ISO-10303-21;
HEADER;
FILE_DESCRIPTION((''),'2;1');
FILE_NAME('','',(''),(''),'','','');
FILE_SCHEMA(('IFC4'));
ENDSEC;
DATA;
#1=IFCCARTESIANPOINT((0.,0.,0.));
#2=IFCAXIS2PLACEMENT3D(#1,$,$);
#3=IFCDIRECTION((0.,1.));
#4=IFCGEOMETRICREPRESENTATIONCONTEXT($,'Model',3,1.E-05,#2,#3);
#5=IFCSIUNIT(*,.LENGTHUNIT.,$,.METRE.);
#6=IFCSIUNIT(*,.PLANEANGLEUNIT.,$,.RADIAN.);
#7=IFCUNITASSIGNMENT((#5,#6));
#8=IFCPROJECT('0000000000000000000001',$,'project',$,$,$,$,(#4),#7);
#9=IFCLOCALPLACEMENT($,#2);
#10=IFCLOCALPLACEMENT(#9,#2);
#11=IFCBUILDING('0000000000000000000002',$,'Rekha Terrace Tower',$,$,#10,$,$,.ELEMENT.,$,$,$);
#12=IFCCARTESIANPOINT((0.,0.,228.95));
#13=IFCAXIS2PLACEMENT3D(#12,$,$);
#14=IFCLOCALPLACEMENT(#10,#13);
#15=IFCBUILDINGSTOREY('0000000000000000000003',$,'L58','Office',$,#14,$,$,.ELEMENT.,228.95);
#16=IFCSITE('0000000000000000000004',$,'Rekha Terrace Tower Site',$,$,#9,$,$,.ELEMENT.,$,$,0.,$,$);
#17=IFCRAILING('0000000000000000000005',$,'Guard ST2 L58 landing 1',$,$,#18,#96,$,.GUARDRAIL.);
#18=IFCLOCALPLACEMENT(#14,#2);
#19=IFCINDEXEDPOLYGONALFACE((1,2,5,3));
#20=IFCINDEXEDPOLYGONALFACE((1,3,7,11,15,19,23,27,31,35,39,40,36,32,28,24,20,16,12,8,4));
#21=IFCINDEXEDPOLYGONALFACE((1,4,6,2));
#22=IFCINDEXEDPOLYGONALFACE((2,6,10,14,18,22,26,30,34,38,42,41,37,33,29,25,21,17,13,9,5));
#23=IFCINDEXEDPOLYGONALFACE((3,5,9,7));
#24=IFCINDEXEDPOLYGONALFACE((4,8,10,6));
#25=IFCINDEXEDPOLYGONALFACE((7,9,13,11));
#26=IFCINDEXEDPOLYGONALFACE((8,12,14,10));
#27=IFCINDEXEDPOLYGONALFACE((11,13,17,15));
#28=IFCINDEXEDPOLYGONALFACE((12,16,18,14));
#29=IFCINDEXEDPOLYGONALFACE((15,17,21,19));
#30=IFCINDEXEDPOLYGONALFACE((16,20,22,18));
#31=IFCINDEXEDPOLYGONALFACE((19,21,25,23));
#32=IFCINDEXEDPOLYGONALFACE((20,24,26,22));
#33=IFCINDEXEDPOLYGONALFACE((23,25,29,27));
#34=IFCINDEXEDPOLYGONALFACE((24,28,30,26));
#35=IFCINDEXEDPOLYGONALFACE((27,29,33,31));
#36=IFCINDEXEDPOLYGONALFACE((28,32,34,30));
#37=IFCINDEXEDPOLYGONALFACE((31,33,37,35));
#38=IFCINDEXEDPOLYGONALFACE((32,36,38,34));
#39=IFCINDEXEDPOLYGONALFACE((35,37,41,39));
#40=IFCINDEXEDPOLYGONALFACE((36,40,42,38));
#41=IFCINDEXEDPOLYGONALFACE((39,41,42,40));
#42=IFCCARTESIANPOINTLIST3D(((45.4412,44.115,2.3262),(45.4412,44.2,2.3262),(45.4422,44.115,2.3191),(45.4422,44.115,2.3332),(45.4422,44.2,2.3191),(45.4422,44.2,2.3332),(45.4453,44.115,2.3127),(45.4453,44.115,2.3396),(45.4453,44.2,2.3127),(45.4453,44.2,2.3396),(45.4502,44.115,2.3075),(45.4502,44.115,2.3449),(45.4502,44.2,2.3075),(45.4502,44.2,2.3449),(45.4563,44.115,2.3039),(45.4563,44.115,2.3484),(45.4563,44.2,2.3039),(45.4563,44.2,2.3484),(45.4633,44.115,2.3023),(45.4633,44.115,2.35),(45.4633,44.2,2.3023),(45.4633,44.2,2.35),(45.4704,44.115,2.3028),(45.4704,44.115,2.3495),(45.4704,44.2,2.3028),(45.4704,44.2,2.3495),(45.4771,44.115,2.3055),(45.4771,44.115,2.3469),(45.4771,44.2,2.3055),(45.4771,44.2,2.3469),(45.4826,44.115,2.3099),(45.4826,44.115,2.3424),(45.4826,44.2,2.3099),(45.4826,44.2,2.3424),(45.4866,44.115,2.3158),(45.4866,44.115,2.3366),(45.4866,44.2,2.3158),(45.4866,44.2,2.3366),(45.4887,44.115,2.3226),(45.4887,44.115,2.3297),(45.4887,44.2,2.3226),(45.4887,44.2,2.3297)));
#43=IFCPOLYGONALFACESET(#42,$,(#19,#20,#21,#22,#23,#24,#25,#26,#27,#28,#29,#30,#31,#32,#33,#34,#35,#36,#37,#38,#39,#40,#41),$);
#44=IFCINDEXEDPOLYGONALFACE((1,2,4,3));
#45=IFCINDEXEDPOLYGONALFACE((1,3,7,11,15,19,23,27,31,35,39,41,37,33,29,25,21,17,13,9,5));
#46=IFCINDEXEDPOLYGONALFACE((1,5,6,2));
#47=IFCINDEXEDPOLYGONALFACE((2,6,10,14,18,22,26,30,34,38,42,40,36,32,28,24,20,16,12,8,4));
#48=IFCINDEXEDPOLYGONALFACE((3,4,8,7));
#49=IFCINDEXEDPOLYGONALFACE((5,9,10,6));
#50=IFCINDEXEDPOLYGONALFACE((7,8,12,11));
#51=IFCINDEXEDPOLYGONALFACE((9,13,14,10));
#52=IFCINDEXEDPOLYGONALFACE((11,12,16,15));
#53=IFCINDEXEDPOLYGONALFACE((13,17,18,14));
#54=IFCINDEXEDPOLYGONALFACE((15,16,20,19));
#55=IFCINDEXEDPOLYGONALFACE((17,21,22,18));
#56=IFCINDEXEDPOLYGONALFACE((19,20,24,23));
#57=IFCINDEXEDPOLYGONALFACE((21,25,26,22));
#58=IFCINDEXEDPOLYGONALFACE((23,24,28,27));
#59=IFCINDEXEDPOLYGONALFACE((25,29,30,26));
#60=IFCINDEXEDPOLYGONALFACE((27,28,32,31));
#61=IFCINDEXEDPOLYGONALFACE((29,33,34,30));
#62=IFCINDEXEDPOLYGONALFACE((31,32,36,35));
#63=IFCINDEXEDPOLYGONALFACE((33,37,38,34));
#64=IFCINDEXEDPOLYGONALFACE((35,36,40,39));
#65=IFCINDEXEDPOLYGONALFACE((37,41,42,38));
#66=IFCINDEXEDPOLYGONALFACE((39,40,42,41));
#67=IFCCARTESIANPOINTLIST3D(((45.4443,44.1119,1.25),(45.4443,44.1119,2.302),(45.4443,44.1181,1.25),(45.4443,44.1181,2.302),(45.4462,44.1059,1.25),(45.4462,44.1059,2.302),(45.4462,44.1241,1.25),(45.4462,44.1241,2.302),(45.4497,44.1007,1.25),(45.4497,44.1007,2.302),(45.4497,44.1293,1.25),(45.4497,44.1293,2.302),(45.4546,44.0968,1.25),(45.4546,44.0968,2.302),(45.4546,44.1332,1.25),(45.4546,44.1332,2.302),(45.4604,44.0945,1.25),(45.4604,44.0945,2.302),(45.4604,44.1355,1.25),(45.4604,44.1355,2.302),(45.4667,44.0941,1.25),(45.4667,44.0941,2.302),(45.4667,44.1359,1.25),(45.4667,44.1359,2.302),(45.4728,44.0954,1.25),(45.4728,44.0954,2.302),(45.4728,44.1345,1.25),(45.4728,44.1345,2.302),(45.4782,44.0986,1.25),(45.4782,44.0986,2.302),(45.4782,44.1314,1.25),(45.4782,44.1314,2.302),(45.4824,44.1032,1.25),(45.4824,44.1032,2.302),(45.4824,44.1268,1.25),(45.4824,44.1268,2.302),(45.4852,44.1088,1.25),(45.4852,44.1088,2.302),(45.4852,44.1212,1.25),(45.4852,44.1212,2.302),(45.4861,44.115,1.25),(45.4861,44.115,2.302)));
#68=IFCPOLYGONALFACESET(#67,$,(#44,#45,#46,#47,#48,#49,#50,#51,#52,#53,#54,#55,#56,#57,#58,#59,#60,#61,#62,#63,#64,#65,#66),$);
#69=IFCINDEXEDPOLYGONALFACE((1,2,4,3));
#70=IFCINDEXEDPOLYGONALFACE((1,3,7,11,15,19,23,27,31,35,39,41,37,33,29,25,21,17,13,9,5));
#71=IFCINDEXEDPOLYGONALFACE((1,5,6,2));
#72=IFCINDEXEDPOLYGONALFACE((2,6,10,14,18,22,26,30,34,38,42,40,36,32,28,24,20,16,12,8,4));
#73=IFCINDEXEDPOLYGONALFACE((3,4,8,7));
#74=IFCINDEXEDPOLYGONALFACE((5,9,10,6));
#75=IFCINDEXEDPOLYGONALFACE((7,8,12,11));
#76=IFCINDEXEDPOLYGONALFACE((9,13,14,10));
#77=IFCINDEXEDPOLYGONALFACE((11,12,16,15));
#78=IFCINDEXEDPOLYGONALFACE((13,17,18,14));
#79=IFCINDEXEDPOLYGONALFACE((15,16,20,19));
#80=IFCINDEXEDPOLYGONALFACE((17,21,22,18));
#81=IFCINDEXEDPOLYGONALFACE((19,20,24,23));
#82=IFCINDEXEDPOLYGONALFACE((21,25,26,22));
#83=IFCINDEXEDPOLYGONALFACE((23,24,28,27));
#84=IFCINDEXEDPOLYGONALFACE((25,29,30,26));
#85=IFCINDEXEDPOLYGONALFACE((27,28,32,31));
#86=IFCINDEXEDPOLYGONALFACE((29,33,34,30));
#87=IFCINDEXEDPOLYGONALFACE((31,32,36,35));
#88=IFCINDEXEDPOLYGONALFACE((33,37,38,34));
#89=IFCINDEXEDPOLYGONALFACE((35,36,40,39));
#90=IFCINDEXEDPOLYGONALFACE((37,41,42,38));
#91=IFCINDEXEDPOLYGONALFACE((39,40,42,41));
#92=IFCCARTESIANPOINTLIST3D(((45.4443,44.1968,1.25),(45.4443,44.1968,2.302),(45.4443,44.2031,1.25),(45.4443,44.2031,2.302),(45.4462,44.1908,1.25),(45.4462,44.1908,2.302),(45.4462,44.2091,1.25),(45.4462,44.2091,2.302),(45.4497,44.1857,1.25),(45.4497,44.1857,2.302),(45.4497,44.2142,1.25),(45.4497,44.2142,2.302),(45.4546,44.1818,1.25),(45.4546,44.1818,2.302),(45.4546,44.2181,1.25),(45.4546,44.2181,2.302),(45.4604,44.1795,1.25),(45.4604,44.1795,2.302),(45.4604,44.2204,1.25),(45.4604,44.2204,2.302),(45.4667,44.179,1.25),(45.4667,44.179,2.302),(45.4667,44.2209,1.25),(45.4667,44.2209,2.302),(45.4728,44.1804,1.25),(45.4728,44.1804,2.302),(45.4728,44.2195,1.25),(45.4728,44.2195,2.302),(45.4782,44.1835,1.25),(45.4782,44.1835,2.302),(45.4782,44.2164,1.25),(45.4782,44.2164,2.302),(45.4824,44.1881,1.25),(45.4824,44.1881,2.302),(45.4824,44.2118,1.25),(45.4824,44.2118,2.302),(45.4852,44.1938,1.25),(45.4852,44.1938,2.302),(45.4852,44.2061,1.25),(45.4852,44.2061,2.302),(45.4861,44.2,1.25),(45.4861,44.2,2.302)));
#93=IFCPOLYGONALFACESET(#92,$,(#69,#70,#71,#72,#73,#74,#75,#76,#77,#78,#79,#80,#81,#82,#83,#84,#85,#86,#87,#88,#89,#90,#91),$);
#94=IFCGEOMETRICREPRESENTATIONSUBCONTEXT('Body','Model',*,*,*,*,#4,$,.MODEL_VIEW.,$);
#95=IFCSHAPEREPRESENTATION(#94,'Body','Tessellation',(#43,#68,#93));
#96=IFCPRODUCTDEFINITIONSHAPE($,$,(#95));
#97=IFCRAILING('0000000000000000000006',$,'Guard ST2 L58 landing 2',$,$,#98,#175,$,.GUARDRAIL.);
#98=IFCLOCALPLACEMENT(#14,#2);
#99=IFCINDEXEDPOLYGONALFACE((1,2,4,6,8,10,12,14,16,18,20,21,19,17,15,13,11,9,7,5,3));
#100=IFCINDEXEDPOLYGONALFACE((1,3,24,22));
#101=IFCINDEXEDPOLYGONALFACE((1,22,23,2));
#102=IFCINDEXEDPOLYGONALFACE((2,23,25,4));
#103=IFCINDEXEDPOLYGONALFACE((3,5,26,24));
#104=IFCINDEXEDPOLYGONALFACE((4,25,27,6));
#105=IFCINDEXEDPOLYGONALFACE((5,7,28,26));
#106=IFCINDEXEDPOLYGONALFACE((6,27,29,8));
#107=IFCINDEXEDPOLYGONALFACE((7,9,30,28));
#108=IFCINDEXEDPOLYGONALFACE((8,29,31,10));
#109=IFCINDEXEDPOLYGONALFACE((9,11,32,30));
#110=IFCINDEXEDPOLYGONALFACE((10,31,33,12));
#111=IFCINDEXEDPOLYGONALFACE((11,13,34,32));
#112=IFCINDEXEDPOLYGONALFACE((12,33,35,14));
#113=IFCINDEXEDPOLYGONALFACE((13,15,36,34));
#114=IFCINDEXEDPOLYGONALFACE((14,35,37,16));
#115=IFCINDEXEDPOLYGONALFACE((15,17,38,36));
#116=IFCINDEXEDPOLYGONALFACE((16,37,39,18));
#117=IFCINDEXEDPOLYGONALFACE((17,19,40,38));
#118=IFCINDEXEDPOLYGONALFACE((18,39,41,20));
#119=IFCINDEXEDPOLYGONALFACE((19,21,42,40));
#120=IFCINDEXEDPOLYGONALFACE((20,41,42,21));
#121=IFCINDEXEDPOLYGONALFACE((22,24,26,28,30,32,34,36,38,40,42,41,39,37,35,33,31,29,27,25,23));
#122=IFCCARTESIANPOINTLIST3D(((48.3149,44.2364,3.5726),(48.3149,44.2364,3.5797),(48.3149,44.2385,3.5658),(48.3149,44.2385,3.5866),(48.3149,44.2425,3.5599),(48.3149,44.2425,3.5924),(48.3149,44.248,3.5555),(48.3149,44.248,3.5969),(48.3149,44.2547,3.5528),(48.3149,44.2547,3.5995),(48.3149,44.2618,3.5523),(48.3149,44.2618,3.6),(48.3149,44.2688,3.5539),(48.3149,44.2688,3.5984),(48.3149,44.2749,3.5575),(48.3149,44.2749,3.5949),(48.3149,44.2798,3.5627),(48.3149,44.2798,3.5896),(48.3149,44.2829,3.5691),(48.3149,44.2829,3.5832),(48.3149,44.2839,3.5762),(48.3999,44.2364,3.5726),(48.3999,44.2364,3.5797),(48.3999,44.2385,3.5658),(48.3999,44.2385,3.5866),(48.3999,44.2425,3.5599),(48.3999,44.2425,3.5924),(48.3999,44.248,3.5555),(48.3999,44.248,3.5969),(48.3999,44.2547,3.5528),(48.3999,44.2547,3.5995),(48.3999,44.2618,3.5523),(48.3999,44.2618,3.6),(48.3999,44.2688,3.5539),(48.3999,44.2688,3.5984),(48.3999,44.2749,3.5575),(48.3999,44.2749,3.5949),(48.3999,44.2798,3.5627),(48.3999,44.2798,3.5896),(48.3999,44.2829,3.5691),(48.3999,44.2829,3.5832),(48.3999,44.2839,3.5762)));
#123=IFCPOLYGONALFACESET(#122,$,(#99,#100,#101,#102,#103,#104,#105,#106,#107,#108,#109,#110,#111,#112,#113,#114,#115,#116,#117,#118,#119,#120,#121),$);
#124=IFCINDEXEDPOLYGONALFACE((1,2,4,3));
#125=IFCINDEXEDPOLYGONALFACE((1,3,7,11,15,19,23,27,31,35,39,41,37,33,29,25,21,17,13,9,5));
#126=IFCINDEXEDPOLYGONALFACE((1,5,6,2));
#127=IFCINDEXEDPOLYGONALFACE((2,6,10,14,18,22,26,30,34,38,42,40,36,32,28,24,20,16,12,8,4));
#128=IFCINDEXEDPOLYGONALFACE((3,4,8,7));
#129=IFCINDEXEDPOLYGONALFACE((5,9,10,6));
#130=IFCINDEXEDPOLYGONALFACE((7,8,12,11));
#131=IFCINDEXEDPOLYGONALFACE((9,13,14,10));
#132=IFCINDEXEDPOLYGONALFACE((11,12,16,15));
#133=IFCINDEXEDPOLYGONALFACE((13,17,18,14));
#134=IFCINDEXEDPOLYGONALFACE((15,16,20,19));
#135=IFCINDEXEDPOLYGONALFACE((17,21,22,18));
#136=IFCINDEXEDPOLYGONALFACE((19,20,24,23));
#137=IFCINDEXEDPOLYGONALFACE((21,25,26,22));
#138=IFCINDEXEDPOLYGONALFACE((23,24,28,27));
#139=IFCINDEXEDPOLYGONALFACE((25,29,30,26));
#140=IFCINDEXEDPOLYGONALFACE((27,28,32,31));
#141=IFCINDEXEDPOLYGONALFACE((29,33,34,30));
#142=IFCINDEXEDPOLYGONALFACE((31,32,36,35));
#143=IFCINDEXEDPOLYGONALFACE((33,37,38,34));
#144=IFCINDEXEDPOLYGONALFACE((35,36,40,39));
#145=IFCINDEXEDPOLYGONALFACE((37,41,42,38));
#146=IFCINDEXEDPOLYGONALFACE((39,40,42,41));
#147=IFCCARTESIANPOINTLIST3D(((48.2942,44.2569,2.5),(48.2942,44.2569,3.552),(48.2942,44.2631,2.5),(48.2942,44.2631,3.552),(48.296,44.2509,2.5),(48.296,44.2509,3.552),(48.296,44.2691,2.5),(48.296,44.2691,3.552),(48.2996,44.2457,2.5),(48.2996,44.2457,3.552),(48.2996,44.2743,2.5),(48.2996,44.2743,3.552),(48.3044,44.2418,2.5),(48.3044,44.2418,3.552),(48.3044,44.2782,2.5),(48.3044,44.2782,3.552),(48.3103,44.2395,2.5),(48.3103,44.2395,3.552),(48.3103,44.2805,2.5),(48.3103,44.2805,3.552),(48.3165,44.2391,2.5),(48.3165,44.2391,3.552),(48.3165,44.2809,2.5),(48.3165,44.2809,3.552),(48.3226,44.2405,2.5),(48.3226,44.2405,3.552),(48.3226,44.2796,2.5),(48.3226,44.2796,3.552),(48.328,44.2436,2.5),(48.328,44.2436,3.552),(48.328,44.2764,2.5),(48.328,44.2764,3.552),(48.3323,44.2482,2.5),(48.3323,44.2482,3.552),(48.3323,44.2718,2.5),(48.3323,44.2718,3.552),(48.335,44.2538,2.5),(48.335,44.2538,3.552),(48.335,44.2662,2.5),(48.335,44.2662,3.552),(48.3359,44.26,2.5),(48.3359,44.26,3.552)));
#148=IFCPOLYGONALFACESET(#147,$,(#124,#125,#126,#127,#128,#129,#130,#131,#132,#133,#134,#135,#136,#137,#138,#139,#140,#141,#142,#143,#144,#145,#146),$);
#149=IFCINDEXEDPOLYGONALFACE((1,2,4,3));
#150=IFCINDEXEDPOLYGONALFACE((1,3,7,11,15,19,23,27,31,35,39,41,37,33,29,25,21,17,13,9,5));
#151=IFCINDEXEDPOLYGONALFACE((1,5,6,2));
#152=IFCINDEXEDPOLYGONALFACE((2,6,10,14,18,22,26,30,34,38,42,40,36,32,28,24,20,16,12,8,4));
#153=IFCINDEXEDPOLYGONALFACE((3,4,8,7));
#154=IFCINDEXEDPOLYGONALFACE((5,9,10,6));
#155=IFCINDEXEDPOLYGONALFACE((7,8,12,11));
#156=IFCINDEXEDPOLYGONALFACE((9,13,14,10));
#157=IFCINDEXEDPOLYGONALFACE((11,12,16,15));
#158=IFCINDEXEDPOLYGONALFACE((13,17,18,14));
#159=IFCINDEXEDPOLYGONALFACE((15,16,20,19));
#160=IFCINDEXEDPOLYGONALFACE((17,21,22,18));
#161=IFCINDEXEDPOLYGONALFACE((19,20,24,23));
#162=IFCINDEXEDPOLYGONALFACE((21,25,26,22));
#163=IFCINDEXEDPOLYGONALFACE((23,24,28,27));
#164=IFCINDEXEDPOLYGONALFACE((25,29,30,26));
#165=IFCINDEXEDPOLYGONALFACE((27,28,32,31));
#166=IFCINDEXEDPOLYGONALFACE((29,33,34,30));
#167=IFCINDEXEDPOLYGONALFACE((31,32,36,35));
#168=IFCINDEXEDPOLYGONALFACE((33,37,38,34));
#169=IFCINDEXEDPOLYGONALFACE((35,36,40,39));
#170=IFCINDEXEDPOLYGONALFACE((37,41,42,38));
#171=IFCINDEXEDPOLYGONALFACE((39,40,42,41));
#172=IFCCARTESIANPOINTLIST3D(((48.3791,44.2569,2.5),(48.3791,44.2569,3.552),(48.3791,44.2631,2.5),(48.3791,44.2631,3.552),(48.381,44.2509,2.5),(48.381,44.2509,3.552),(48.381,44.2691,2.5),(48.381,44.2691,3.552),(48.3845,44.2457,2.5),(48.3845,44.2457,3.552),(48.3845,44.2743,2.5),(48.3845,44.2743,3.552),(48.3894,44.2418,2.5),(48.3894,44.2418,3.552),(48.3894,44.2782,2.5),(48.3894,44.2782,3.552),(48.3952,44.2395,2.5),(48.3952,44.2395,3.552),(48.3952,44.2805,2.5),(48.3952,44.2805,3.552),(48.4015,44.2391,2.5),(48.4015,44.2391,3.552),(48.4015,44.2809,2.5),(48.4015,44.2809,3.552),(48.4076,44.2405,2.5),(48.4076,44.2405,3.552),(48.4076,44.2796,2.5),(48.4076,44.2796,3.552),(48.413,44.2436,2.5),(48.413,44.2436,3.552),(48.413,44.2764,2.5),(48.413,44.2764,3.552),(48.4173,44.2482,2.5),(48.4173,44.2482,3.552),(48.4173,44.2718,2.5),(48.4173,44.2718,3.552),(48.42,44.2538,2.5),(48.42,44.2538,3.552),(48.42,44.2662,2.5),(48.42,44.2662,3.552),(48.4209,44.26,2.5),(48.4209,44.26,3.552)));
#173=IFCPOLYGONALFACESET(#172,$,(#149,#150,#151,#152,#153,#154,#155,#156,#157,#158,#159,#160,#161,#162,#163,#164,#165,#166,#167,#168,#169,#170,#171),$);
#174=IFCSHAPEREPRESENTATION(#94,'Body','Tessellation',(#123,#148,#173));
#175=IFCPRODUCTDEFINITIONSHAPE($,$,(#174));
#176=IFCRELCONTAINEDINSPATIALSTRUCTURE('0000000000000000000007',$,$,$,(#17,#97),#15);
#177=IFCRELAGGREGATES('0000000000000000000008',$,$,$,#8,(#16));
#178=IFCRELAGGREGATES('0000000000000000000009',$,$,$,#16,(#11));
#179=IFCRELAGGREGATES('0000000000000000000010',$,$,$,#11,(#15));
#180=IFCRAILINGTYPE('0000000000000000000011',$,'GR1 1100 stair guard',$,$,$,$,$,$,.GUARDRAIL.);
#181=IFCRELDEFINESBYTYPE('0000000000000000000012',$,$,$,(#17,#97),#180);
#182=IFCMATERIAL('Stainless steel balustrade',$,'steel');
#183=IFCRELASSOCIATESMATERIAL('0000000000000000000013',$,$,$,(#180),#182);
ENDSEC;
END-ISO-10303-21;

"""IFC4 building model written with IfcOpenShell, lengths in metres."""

from ifc_helpers import new_model, si_unit, direction, frame, origin, origin_2d, place, context, subcontext, project, spatial, circle, extrude, material, type_object, element, save


model = new_model("IFC4")

# Units and contexts
model_context = context("Model", 3, precision=1e-05, world=origin(), true_north=direction((0.0, 1.0)))
body_context = subcontext(model_context, "Body", "Model", "MODEL_VIEW")
ifc_project = project(units=[si_unit("LENGTHUNIT", "METRE"), si_unit("PLANEANGLEUNIT", "RADIAN")], contexts=[model_context])

# Site, building, storey
site_placement = place(None, origin())
site = spatial("IfcSite", under=ifc_project, at=site_placement, Name="Rekha Terrace Tower Site", CompositionType="ELEMENT", RefElevation=0.0)
building_placement = place(site_placement, origin())
building = spatial("IfcBuilding", under=site, at=building_placement, Name="Rekha Terrace Tower", CompositionType="ELEMENT")
storey_placement = place(building_placement, frame((0.0, 0.0, 228.95)))
storey = spatial("IfcBuildingStorey", under=building, at=storey_placement, Name="L58", Description="Office", CompositionType="ELEMENT", Elevation=228.95)

# Railings
ifc_material_1 = material(Name="Stainless steel balustrade", Category="steel")
railing_type_1 = type_object("IfcRailingType", Name="GR1 1100 stair guard", PredefinedType="GUARDRAIL", material=ifc_material_1)
railing_1_placement = place(storey_placement, frame((45.4651, 44.115, 1.25)))
element("IfcRailing", 1, at=railing_1_placement, inside=storey, type_object=railing_type_1, Name="Guard ST2 L58 landing 1", PredefinedType="GUARDRAIL", context=body_context, shape_type="SweptSolid", body=[
    extrude(circle(Radius=0.0239, at=origin_2d()), frame((0.0, 0.0, 1.0762), z_axis=(0.0, 1.0, 0.0), x_axis=(-1.0, 0.0, 0.0)), (0.0, 0.0, 1.0), 0.085),
    extrude(circle(Radius=0.021, at=origin_2d()), origin(), (0.0, 0.0, 1.0), 1.052),
    extrude(circle(Radius=0.021, at=origin_2d()), frame((0.0, 0.085, 0.0)), (0.0, 0.0, 1.0), 1.052),
])
railing_2_placement = place(storey_placement, frame((48.3149, 44.26, 2.5)))
element("IfcRailing", 2, at=railing_2_placement, inside=storey, type_object=railing_type_1, Name="Guard ST2 L58 landing 2", PredefinedType="GUARDRAIL", context=body_context, shape_type="SweptSolid", body=[
    extrude(circle(Radius=0.0239, at=origin_2d()), frame((0.0, 0.0, 1.0762), z_axis=(1.0, 0.0, 0.0), x_axis=(0.0, 1.0, 0.0)), (0.0, 0.0, 1.0), 0.085),
    extrude(circle(Radius=0.021, at=origin_2d()), origin(), (0.0, 0.0, 1.0), 1.052),
    extrude(circle(Radius=0.021, at=origin_2d()), frame((0.085, 0.0, 0.0)), (0.0, 0.0, 1.0), 1.052),
])

save(model, "model.ifc")
